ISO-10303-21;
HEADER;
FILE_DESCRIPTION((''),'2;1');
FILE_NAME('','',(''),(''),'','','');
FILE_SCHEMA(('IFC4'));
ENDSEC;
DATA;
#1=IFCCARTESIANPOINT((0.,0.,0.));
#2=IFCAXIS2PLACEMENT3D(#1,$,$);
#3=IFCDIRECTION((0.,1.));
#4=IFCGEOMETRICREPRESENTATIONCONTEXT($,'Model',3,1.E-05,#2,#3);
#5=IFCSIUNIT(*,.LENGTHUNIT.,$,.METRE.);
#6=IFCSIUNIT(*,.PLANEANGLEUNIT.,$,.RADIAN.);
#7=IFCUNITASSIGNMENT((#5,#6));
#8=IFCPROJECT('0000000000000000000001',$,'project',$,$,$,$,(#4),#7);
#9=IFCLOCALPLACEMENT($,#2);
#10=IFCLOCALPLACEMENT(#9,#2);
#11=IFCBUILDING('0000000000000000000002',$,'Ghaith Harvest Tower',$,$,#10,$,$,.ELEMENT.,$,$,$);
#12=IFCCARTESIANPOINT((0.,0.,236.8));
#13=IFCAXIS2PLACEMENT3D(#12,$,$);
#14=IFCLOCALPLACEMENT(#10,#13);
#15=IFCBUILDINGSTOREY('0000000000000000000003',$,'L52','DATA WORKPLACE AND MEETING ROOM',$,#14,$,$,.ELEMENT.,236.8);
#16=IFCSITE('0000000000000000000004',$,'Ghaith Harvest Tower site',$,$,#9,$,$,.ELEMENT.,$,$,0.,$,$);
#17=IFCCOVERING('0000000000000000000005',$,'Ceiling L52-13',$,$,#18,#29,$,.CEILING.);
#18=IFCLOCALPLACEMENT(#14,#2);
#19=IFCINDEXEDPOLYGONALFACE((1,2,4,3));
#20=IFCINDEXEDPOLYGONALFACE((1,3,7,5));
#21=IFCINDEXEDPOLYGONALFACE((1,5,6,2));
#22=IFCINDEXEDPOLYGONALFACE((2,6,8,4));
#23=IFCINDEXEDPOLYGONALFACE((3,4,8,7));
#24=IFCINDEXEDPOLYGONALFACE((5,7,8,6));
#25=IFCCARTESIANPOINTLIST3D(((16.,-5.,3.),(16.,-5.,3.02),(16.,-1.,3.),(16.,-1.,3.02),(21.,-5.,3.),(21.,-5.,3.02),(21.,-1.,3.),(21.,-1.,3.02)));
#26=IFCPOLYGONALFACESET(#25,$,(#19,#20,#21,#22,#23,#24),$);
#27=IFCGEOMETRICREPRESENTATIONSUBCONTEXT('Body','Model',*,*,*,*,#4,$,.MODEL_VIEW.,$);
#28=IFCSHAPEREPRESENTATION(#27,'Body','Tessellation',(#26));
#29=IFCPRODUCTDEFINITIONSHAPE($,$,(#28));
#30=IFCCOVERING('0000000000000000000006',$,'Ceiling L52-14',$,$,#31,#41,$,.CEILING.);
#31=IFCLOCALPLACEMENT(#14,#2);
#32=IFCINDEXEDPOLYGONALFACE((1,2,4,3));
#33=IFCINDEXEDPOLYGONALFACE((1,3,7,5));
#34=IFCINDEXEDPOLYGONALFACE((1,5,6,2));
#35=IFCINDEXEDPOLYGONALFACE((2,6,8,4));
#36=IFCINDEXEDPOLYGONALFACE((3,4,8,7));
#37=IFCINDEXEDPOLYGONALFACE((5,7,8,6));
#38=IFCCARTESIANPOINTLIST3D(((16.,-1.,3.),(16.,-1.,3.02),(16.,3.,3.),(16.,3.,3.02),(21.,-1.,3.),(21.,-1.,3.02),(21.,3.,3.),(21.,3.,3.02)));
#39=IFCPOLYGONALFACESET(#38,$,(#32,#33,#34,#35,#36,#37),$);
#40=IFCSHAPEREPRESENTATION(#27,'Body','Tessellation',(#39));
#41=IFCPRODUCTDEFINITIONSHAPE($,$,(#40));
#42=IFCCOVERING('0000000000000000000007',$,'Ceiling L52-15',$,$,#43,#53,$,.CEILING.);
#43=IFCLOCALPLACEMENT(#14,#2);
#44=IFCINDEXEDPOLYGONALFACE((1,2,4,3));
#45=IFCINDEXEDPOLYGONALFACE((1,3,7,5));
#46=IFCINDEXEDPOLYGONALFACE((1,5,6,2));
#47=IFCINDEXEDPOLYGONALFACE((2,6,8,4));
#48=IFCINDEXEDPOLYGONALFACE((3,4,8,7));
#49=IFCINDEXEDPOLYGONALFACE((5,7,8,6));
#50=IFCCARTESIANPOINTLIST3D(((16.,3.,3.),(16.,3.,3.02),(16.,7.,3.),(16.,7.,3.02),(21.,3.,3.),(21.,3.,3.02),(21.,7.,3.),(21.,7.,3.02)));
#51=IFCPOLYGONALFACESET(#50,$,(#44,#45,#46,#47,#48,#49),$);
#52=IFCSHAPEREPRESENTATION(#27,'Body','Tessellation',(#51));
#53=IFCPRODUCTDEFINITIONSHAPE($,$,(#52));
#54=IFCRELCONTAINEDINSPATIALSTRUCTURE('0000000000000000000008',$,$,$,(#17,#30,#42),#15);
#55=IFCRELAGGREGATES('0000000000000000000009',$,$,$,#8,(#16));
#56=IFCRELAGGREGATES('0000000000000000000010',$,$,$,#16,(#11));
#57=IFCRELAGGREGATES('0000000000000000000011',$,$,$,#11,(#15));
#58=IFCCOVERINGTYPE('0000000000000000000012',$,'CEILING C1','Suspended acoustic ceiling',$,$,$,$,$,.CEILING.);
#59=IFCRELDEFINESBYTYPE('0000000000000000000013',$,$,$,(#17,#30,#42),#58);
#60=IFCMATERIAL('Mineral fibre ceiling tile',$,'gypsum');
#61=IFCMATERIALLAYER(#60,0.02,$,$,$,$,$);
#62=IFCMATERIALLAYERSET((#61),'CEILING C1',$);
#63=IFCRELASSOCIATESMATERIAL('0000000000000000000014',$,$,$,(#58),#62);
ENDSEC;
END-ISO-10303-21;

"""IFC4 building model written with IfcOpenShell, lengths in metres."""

from ifc_helpers import new_model, si_unit, direction, frame, origin, place, context, subcontext, project, spatial, polyline, outline, extrude, material, layer, layer_set, type_object, element, save


model = new_model("IFC4")

# Units and contexts
model_context = context("Model", 3, precision=1e-05, world=origin(), true_north=direction((0.0, 1.0)))
body_context = subcontext(model_context, "Body", "Model", "MODEL_VIEW")
ifc_project = project(units=[si_unit("LENGTHUNIT", "METRE"), si_unit("PLANEANGLEUNIT", "RADIAN")], contexts=[model_context])

# Site, building, storey
site_placement = place(None, origin())
site = spatial("IfcSite", under=ifc_project, at=site_placement, Name="Ghaith Harvest Tower site", CompositionType="ELEMENT", RefElevation=0.0)
building_placement = place(site_placement, origin())
building = spatial("IfcBuilding", under=site, at=building_placement, Name="Ghaith Harvest Tower", CompositionType="ELEMENT")
storey_placement = place(building_placement, frame((0.0, 0.0, 236.8)))
storey = spatial("IfcBuildingStorey", under=building, at=storey_placement, Name="L52", Description="DATA WORKPLACE AND MEETING ROOM", CompositionType="ELEMENT", Elevation=236.8)

# Coverings
ifc_material_1 = material(Name="Mineral fibre ceiling tile", Category="gypsum")
ifc_layer_1 = layer(ifc_material_1, 0.02)
ifc_layer_set_1 = layer_set([ifc_layer_1], Name="CEILING C1")
covering_type = type_object("IfcCoveringType", Name="CEILING C1", Description="Suspended acoustic ceiling", PredefinedType="CEILING", material=ifc_layer_set_1)
covering_1_placement = place(storey_placement, frame((0.0, 0.0, 3.0)))
element("IfcCovering", 1, at=covering_1_placement, inside=storey, type_object=covering_type, Name="Ceiling L52-13", PredefinedType="CEILING", context=body_context, shape_type="SweptSolid", body=[
    extrude(outline(polyline([(16.0, -5.0), (21.0, -5.0), (21.0, -1.0), (16.0, -1.0), (16.0, -5.0)])), origin(), (0.0, 0.0, 1.0), 0.02),
])
covering_2_placement = place(storey_placement, frame((0.0, 0.0, 3.0)))
element("IfcCovering", 2, at=covering_2_placement, inside=storey, type_object=covering_type, Name="Ceiling L52-14", PredefinedType="CEILING", context=body_context, shape_type="SweptSolid", body=[
    extrude(outline(polyline([(16.0, -1.0), (21.0, -1.0), (21.0, 3.0), (16.0, 3.0), (16.0, -1.0)])), origin(), (0.0, 0.0, 1.0), 0.02),
])
covering_3_placement = place(storey_placement, frame((0.0, 0.0, 3.0)))
element("IfcCovering", 3, at=covering_3_placement, inside=storey, type_object=covering_type, Name="Ceiling L52-15", PredefinedType="CEILING", context=body_context, shape_type="SweptSolid", body=[
    extrude(outline(polyline([(16.0, 3.0), (21.0, 3.0), (21.0, 7.0), (16.0, 7.0), (16.0, 3.0)])), origin(), (0.0, 0.0, 1.0), 0.02),
])

save(model, "model.ifc")
